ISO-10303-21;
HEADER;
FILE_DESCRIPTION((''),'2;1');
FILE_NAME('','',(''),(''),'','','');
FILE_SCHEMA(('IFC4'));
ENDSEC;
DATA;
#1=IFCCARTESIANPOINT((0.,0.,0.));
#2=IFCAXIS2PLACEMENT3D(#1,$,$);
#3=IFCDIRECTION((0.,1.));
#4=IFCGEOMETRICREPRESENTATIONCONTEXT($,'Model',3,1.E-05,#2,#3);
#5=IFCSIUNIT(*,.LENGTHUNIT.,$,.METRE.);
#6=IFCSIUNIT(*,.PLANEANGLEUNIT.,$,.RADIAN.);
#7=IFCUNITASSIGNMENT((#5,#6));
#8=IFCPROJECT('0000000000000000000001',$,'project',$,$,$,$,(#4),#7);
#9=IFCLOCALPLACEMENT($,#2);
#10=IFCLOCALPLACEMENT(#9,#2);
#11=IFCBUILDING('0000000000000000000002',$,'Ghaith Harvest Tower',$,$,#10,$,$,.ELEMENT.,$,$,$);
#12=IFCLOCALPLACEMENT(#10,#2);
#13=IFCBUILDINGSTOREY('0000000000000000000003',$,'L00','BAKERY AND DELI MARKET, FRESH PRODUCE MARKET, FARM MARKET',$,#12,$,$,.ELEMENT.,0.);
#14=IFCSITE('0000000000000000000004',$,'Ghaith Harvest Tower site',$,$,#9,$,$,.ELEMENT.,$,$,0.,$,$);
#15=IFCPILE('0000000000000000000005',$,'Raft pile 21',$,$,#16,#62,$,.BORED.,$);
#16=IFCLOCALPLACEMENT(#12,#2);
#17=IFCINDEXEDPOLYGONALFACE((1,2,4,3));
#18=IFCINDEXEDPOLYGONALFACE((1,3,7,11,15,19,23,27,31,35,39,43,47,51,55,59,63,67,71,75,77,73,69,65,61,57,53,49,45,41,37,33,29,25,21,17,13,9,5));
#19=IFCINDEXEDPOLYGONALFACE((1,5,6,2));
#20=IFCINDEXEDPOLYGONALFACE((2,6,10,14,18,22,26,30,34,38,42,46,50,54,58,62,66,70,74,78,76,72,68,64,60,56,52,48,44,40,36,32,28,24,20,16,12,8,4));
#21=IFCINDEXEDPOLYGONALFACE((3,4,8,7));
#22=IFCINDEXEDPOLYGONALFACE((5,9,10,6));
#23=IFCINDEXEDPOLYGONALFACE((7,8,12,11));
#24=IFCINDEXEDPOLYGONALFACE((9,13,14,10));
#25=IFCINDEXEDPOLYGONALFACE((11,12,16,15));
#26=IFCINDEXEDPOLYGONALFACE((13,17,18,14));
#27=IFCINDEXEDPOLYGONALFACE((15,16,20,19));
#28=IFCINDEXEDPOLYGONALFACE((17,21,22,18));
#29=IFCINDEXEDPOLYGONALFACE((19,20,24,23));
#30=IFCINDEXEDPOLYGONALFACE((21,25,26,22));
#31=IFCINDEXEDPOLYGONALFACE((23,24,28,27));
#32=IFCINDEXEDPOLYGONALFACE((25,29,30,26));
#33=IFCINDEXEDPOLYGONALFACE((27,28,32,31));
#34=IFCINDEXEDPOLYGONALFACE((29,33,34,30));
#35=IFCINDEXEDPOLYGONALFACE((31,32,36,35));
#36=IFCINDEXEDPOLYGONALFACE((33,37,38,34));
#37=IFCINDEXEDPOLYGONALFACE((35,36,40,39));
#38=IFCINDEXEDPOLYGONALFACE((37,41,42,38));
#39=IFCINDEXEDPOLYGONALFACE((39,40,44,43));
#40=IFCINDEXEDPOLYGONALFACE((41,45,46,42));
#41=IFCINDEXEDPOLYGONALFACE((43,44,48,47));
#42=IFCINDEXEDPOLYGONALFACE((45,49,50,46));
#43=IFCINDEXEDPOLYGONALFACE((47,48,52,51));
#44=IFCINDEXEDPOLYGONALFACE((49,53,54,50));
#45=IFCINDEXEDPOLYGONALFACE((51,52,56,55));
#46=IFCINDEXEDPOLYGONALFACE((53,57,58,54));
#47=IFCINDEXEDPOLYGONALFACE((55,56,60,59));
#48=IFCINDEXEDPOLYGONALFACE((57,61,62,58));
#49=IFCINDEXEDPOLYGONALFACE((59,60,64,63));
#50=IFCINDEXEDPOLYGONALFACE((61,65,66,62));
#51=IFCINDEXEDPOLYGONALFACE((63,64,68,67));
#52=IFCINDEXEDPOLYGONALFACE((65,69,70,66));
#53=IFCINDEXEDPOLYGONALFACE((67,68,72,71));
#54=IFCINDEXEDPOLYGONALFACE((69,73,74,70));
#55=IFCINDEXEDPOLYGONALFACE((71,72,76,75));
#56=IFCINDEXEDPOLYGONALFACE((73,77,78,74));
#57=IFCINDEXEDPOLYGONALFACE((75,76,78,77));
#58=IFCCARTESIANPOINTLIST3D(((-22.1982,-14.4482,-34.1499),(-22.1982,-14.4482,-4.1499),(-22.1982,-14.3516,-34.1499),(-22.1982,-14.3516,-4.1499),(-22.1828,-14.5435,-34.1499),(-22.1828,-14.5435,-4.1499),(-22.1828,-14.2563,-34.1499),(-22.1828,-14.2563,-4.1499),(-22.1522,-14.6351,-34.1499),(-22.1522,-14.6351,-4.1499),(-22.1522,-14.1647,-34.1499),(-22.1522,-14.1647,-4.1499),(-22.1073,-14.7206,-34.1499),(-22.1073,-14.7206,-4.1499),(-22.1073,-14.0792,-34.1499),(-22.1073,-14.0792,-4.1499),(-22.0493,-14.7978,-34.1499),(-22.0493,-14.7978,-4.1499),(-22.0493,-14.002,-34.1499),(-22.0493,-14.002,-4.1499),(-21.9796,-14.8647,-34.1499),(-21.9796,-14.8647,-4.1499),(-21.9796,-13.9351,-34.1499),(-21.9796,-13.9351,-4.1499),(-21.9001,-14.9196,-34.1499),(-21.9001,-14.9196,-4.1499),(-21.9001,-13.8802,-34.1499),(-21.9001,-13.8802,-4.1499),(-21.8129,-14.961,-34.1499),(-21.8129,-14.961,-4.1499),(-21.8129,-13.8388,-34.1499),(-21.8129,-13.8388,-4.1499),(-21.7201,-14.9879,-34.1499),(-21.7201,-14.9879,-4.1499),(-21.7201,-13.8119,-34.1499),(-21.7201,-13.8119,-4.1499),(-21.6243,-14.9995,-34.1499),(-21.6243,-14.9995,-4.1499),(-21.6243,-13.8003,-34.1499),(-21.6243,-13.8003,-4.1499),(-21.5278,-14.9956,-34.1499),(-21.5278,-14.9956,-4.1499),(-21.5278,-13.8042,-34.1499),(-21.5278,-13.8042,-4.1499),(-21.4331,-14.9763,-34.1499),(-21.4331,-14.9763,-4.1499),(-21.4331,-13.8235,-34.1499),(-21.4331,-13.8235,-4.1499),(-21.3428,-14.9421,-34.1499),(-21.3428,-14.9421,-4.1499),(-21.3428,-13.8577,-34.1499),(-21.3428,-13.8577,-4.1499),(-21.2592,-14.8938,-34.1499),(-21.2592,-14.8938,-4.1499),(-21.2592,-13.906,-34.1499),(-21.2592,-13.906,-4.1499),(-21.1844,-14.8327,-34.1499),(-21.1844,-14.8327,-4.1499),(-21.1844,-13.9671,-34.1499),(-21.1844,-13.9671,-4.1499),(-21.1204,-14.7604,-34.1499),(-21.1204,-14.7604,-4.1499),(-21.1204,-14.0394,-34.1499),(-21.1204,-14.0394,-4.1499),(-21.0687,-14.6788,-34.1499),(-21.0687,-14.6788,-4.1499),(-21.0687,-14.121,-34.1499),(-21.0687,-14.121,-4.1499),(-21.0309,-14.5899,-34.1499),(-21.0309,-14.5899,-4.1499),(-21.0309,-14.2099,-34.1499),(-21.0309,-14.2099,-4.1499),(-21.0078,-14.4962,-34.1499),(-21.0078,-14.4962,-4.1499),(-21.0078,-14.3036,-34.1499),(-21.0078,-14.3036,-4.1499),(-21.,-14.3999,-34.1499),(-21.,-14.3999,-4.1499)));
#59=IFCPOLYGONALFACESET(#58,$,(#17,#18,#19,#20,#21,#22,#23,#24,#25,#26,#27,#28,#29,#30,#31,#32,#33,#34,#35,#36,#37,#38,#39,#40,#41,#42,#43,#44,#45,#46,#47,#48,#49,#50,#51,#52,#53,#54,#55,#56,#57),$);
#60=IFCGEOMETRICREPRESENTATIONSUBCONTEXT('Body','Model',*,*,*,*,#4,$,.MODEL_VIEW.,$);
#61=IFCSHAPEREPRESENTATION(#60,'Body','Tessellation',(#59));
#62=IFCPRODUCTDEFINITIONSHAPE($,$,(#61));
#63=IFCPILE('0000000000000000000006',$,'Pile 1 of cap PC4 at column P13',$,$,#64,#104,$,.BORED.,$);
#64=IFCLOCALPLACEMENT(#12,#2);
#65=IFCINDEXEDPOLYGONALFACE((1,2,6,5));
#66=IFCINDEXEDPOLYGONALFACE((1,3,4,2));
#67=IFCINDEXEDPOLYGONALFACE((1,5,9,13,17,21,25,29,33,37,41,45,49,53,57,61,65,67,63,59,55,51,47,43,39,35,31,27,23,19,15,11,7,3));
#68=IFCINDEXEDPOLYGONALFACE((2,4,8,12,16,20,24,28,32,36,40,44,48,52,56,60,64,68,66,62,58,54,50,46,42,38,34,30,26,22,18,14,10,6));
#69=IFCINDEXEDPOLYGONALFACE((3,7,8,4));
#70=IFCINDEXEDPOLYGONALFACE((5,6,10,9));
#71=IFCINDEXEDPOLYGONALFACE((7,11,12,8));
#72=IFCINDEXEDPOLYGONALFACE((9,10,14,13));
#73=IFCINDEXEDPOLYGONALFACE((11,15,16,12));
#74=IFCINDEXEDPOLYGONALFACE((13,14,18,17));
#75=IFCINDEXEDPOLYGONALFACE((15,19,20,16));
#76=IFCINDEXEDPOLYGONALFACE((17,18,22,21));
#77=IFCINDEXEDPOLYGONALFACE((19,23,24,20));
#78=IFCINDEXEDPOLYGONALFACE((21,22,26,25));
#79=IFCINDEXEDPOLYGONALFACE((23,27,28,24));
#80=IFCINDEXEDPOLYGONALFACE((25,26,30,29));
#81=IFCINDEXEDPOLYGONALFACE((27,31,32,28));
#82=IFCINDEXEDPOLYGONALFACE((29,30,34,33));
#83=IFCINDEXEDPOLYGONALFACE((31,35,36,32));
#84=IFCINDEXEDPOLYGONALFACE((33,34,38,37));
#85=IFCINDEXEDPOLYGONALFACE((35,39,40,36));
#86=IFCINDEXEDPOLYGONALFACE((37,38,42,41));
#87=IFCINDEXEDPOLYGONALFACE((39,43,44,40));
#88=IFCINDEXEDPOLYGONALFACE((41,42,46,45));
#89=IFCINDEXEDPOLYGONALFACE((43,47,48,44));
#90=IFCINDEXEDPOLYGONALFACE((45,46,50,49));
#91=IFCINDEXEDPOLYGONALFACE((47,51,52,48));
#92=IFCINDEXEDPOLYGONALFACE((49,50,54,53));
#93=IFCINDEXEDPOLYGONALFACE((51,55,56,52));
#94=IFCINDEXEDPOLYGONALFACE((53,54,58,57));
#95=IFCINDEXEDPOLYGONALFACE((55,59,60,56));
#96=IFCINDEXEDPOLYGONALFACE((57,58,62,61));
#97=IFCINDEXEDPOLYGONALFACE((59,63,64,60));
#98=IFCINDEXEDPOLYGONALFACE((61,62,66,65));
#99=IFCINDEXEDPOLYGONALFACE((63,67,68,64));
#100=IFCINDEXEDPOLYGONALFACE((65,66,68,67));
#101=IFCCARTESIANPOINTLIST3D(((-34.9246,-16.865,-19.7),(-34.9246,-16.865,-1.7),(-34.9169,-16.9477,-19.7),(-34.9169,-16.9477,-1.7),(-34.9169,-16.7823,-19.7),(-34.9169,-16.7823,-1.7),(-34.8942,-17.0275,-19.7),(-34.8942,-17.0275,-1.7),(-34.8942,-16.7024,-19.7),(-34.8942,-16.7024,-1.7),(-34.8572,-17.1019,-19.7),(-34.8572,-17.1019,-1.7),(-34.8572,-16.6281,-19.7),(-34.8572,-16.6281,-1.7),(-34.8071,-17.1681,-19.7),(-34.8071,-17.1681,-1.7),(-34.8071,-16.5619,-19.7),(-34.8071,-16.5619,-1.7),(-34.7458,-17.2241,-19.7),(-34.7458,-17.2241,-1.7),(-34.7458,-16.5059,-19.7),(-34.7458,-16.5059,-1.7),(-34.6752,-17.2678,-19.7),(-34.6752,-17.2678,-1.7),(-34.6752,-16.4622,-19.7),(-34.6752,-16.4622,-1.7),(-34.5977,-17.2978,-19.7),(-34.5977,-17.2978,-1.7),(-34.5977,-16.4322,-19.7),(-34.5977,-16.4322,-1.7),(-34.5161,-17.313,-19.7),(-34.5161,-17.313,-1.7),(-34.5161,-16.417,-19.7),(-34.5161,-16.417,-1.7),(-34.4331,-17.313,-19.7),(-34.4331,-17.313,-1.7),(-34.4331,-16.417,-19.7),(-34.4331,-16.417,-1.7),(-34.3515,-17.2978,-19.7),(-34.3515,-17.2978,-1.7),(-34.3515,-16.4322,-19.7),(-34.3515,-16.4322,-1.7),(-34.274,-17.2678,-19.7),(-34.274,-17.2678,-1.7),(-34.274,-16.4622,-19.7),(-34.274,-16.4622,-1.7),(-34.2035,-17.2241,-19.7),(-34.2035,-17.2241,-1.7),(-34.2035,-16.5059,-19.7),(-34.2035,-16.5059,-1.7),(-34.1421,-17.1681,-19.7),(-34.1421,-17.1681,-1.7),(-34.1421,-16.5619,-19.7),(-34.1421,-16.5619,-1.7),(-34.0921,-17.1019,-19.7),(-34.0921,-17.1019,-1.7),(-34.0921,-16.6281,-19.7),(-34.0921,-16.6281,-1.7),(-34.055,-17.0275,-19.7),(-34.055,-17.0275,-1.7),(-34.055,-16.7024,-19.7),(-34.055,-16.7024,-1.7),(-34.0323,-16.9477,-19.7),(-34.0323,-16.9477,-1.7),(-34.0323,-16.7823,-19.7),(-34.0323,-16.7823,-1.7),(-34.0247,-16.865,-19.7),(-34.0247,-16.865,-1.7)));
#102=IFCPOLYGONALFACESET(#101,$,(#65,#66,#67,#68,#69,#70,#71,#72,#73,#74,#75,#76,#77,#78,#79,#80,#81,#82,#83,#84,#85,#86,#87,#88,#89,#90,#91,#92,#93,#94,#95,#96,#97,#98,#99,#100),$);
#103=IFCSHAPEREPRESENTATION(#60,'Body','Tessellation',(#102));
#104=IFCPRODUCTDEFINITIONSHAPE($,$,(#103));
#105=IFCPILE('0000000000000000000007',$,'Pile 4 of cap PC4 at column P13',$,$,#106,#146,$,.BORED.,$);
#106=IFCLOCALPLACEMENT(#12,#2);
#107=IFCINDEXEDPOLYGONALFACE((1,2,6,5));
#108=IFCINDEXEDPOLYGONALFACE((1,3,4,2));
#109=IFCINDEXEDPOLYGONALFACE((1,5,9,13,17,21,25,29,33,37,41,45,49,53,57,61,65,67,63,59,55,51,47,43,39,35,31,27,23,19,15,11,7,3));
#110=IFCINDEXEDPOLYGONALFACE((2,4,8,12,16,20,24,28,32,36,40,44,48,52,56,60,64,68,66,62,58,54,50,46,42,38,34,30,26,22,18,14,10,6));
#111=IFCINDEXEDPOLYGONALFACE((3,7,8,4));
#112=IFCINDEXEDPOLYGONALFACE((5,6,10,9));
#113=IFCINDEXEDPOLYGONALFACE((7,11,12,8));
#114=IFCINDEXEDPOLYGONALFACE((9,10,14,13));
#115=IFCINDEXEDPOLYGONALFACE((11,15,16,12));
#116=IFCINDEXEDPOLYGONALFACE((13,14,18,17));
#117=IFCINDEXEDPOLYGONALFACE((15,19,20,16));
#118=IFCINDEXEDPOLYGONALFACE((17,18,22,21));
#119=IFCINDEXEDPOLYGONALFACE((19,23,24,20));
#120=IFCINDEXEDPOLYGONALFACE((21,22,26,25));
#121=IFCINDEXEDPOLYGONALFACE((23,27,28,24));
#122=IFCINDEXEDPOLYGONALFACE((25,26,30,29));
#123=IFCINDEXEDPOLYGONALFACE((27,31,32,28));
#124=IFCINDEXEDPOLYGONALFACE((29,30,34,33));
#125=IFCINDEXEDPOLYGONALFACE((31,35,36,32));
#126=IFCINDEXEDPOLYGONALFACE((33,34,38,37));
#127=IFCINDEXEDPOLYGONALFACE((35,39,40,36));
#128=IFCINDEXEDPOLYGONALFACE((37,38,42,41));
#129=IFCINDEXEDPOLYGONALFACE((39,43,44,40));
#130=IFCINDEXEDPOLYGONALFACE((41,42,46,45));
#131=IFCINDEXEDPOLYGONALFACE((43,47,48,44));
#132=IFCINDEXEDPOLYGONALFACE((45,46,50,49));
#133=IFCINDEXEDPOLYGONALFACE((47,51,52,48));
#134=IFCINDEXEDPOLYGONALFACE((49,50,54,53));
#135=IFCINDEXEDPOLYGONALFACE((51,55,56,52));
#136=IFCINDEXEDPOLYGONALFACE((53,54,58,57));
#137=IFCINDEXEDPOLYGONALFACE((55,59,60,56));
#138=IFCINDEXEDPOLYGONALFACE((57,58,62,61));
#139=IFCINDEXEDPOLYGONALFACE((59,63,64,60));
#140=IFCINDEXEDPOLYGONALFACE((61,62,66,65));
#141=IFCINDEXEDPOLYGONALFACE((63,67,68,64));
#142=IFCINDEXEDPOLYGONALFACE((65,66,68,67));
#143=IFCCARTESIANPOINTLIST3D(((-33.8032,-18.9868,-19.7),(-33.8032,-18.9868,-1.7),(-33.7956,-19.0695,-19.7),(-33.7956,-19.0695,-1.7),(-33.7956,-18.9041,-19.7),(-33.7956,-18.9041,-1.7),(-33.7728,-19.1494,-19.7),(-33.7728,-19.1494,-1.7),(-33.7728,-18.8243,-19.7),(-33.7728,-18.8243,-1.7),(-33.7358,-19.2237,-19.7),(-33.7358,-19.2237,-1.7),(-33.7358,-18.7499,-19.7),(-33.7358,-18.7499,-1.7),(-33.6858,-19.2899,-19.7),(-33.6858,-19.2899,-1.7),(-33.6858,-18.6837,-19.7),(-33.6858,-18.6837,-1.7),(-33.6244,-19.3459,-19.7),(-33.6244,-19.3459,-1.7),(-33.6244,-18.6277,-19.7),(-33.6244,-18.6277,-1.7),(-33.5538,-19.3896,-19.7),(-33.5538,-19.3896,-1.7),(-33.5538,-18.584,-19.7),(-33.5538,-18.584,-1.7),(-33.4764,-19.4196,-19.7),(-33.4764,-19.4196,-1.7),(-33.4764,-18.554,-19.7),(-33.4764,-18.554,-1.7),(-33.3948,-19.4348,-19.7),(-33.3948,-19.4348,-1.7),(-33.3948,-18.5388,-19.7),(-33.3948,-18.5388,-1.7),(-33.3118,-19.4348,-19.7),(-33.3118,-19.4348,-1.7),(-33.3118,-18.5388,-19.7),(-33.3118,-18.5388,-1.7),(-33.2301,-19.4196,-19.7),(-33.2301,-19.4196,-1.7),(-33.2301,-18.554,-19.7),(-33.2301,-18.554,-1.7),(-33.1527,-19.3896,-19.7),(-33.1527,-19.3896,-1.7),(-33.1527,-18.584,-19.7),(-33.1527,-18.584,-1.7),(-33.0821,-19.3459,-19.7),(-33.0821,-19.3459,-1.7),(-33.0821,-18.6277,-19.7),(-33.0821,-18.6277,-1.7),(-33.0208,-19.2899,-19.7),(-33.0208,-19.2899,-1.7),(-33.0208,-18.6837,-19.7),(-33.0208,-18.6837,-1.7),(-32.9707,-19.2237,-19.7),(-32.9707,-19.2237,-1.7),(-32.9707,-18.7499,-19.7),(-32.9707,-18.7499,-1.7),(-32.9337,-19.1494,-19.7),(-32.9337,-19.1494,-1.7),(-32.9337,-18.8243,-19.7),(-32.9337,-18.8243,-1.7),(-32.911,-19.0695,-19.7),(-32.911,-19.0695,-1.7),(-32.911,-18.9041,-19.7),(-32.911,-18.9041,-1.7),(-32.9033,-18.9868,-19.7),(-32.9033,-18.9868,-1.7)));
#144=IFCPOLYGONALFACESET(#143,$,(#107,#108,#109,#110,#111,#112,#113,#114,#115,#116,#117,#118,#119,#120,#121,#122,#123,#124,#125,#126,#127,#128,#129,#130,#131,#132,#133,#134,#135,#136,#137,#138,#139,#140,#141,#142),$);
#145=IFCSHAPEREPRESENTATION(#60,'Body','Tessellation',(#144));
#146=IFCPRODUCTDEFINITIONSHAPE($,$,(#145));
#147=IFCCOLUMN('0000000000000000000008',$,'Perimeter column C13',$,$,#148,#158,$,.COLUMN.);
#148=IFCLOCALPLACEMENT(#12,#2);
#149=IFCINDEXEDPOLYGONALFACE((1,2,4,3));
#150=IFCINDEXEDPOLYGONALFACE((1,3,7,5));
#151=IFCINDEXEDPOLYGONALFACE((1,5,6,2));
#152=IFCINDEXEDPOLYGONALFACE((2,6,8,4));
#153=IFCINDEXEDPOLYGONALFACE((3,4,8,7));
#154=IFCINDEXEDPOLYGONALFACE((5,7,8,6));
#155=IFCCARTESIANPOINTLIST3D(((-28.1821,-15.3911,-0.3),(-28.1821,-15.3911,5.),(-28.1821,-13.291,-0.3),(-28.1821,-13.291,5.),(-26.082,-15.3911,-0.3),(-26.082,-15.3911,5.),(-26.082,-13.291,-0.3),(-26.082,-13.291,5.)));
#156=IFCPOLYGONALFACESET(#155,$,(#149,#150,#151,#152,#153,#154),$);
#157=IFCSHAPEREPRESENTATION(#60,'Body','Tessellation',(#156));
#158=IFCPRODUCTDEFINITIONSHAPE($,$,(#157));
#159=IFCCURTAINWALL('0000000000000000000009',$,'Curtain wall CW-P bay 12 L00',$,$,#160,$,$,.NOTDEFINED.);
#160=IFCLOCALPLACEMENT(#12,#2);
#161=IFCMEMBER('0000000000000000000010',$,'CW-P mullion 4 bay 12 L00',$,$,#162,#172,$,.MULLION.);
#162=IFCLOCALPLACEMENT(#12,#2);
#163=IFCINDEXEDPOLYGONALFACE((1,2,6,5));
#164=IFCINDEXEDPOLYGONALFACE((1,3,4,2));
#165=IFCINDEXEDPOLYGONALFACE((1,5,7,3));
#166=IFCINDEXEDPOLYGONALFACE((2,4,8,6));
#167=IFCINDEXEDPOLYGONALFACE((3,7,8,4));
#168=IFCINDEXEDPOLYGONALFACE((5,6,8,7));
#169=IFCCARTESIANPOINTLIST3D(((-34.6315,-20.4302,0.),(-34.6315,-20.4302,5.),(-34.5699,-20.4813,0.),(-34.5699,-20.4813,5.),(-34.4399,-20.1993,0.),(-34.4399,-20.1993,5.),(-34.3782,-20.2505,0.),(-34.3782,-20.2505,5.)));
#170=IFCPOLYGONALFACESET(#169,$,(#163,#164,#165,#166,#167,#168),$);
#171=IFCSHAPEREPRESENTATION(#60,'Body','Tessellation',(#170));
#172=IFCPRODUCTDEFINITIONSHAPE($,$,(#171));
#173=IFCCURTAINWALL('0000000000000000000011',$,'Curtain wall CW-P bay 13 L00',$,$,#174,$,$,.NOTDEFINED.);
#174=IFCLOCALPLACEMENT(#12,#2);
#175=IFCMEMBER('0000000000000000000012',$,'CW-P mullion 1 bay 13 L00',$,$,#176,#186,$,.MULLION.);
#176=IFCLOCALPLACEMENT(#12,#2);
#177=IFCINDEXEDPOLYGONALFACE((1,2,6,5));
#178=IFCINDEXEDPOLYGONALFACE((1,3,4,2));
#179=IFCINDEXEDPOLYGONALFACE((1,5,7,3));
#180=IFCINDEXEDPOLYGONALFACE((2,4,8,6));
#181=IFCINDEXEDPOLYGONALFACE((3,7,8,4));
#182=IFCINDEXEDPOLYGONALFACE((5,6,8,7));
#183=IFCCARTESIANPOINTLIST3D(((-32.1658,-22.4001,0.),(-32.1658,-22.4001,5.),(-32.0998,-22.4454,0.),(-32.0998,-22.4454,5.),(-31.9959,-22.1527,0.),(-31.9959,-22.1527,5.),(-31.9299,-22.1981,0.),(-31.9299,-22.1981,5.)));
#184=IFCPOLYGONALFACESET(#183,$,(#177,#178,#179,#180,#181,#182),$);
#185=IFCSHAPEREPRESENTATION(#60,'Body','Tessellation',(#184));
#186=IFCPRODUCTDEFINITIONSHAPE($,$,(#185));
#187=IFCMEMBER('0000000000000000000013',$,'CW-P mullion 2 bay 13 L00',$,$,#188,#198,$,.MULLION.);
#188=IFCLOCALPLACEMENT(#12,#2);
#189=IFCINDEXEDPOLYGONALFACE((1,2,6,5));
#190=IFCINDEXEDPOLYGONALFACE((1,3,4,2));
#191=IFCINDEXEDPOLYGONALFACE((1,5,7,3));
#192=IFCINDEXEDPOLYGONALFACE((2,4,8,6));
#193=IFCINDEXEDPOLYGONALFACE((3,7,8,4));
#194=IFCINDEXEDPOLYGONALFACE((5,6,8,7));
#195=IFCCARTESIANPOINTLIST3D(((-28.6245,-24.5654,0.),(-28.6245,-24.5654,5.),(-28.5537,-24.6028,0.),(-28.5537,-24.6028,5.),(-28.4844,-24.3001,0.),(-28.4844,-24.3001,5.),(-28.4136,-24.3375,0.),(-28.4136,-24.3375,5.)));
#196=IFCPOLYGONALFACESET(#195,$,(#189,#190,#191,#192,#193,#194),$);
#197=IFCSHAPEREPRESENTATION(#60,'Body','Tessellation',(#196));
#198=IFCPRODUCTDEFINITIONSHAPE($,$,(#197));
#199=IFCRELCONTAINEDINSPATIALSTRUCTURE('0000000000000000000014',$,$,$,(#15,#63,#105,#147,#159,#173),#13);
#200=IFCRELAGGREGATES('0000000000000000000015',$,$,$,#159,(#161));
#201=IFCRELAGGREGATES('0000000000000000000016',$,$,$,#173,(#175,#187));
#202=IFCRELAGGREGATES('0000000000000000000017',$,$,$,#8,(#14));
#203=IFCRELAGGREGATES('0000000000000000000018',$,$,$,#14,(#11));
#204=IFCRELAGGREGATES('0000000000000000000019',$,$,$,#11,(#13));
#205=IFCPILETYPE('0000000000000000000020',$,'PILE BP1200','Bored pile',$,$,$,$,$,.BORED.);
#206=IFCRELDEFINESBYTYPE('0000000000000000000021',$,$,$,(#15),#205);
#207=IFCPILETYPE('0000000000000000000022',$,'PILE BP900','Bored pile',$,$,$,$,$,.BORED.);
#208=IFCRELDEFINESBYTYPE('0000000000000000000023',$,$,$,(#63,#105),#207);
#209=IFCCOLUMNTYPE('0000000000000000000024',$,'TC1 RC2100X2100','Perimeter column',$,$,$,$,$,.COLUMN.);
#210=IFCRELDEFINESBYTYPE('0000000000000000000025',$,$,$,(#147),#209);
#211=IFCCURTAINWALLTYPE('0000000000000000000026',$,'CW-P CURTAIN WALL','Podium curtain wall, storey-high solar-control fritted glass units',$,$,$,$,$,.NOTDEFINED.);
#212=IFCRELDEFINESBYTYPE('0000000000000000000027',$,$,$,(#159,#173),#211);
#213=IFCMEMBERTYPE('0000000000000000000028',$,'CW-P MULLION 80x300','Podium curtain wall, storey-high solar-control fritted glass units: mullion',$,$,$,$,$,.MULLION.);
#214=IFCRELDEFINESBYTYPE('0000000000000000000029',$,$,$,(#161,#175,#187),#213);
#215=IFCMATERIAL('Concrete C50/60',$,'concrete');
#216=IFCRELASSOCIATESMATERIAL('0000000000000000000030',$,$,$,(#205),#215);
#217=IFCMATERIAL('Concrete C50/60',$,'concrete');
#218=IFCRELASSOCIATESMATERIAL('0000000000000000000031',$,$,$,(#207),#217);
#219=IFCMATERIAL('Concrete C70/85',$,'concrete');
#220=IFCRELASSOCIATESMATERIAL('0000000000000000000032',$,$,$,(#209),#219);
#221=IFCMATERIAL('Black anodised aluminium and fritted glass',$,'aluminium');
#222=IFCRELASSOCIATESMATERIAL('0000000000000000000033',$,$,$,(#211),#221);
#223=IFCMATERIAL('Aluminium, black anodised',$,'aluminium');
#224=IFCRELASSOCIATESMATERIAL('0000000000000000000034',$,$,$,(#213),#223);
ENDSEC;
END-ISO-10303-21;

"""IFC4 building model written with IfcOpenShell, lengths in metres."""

from ifc_helpers import new_model, si_unit, direction, frame, origin, origin_2d, place, context, subcontext, project, spatial, rectangle, circle, extrude, material, material_profile, profile_set, type_object, element, aggregate, save


model = new_model("IFC4")

# Units and contexts
model_context = context("Model", 3, precision=1e-05, world=origin(), true_north=direction((0.0, 1.0)))
body_context = subcontext(model_context, "Body", "Model", "MODEL_VIEW")
ifc_project = project(units=[si_unit("LENGTHUNIT", "METRE"), si_unit("PLANEANGLEUNIT", "RADIAN")], contexts=[model_context])

# Site, building, storey
site_placement = place(None, origin())
site = spatial("IfcSite", under=ifc_project, at=site_placement, Name="Ghaith Harvest Tower site", CompositionType="ELEMENT", RefElevation=0.0)
building_placement = place(site_placement, origin())
building = spatial("IfcBuilding", under=site, at=building_placement, Name="Ghaith Harvest Tower", CompositionType="ELEMENT")
storey_placement = place(building_placement, origin())
storey = spatial("IfcBuildingStorey", under=building, at=storey_placement, Name="L00", Description="BAKERY AND DELI MARKET, FRESH PRODUCE MARKET, FARM MARKET", CompositionType="ELEMENT", Elevation=0.0)

# Piles
ifc_material_1 = material(Name="Concrete C50/60", Category="concrete")
ifc_material_profile_1 = material_profile(ifc_material_1, circle(Radius=0.6001, at=origin_2d()), Name="PILE1200")
ifc_profile_set_1 = profile_set([ifc_material_profile_1], Name="Concrete C50/60")
pile_type_1 = type_object("IfcPileType", Name="PILE BP1200", Description="Bored pile", PredefinedType="BORED", material=ifc_profile_set_1)
for number, where, z_axis, x_axis, name in (
    (1, (-21.6001, -14.3999, -4.1499), (0.0, 0.0, -1.0), (1.0, 0.0, 0.0), "Raft pile 21"),
):
    element("IfcPile", number, at=place(storey_placement, frame(where, z_axis=z_axis, x_axis=x_axis)), inside=storey, type_object=pile_type_1, Name=name, PredefinedType="BORED", context=body_context, shape_type="SweptSolid", body=[
        extrude(circle(Radius=0.6001, at=origin_2d()), origin(), (0.0, 0.0, 1.0), 30.0),
    ])
ifc_material_2 = material(Name="Concrete C50/60", Category="concrete")
ifc_material_profile_2 = material_profile(ifc_material_2, circle(Radius=0.45, at=origin_2d()), Name="PILE900")
ifc_profile_set_2 = profile_set([ifc_material_profile_2], Name="Concrete C50/60")
pile_type_2 = type_object("IfcPileType", Name="PILE BP900", Description="Bored pile", PredefinedType="BORED", material=ifc_profile_set_2)
for number, where, z_axis, x_axis, name in (
    (2, (-34.4746, -16.865, -1.7), (0.0, 0.0, -1.0), (1.0, 0.0, 0.0), "Pile 1 of cap PC4 at column P13"),
    (3, (-33.3533, -18.9868, -1.7), (0.0, 0.0, -1.0), (1.0, 0.0, 0.0), "Pile 4 of cap PC4 at column P13"),
):
    element("IfcPile", number, at=place(storey_placement, frame(where, z_axis=z_axis, x_axis=x_axis)), inside=storey, type_object=pile_type_2, Name=name, PredefinedType="BORED", context=body_context, shape_type="SweptSolid", body=[
        extrude(circle(Radius=0.45, at=origin_2d()), origin(), (0.0, 0.0, 1.0), 18.0),
    ])

# Column
ifc_material_3 = material(Name="Concrete C70/85", Category="concrete")
ifc_material_profile_3 = material_profile(ifc_material_3, rectangle(XDim=2.1001, YDim=2.1001, at=origin_2d()), Name="RC2100X2100")
ifc_profile_set_3 = profile_set([ifc_material_profile_3], Name="Concrete C70/85")
column_type = type_object("IfcColumnType", Name="TC1 RC2100X2100", Description="Perimeter column", PredefinedType="COLUMN", material=ifc_profile_set_3)
column_placement = place(storey_placement, frame((-27.1321, -14.3411, -0.3), z_axis=(0.0, 0.0, 1.0), x_axis=(1.0, 0.0, 0.0)))
element("IfcColumn", 4, at=column_placement, inside=storey, type_object=column_type, Name="Perimeter column C13", PredefinedType="COLUMN", context=body_context, shape_type="SweptSolid", body=[
    extrude(rectangle(XDim=2.1001, YDim=2.1001, at=origin_2d()), origin(), (0.0, 0.0, 1.0), 5.3),
])

# Curtain wall, member
ifc_material_4 = material(Name="Black anodised aluminium and fritted glass", Category="aluminium")
curtain_wall_type = type_object("IfcCurtainWallType", Name="CW-P CURTAIN WALL", Description="Podium curtain wall, storey-high solar-control fritted glass units", PredefinedType="NOTDEFINED", material=ifc_material_4)
curtain_wall_1_placement = place(storey_placement, origin())
curtain_wall_1 = element("IfcCurtainWall", 5, at=curtain_wall_1_placement, inside=storey, type_object=curtain_wall_type, Name="Curtain wall CW-P bay 12 L00", PredefinedType="NOTDEFINED")
ifc_material_5 = material(Name="Aluminium, black anodised", Category="aluminium")
ifc_material_profile_4 = material_profile(ifc_material_5, rectangle(XDim=0.0801, YDim=0.3, at=origin_2d()), Name="CW-P MULLION 80x300")
ifc_profile_set_4 = profile_set([ifc_material_profile_4], Name="Aluminium, black anodised")
member_type_1 = type_object("IfcMemberType", Name="CW-P MULLION 80x300", Description="Podium curtain wall, storey-high solar-control fritted glass units: mullion", PredefinedType="MULLION", material=ifc_profile_set_4)
member_1_placement = place(storey_placement, frame((-34.5049, -20.3403, 0.0), z_axis=(0.0, 0.0, 1.0), x_axis=(0.769373, -0.6388, 0.0)))
member_1 = element("IfcMember", 6, at=member_1_placement, type_object=member_type_1, Name="CW-P mullion 4 bay 12 L00", PredefinedType="MULLION", context=body_context, shape_type="SweptSolid", body=[
    extrude(rectangle(XDim=0.0801, YDim=0.3, at=origin_2d()), origin(), (0.0, 0.0, 1.0), 5.0),
])

# Curtain wall, members
curtain_wall_2_placement = place(storey_placement, origin())
curtain_wall_2 = element("IfcCurtainWall", 7, at=curtain_wall_2_placement, inside=storey, type_object=curtain_wall_type, Name="Curtain wall CW-P bay 13 L00", PredefinedType="NOTDEFINED")
member_2_placement = place(storey_placement, frame((-32.0479, -22.2991, 0.0), z_axis=(0.0, 0.0, 1.0), x_axis=(0.824304, -0.566148, 0.0)))
member_2 = element("IfcMember", 8, at=member_2_placement, type_object=member_type_1, Name="CW-P mullion 1 bay 13 L00", PredefinedType="MULLION", context=body_context, shape_type="SweptSolid", body=[
    extrude(rectangle(XDim=0.0801, YDim=0.3, at=origin_2d()), origin(), (0.0, 0.0, 1.0), 5.0),
])
member_3_placement = place(storey_placement, frame((-28.519, -24.4514, 0.0), z_axis=(0.0, 0.0, 1.0), x_axis=(0.88419, -0.467128, 0.0)))
member_3 = element("IfcMember", 9, at=member_3_placement, type_object=member_type_1, Name="CW-P mullion 2 bay 13 L00", PredefinedType="MULLION", context=body_context, shape_type="SweptSolid", body=[
    extrude(rectangle(XDim=0.0801, YDim=0.3, at=origin_2d()), origin(), (0.0, 0.0, 1.0), 5.0),
])

aggregate(curtain_wall_1, [member_1])
aggregate(curtain_wall_2, [member_2, member_3])

save(model, "model.ifc")
